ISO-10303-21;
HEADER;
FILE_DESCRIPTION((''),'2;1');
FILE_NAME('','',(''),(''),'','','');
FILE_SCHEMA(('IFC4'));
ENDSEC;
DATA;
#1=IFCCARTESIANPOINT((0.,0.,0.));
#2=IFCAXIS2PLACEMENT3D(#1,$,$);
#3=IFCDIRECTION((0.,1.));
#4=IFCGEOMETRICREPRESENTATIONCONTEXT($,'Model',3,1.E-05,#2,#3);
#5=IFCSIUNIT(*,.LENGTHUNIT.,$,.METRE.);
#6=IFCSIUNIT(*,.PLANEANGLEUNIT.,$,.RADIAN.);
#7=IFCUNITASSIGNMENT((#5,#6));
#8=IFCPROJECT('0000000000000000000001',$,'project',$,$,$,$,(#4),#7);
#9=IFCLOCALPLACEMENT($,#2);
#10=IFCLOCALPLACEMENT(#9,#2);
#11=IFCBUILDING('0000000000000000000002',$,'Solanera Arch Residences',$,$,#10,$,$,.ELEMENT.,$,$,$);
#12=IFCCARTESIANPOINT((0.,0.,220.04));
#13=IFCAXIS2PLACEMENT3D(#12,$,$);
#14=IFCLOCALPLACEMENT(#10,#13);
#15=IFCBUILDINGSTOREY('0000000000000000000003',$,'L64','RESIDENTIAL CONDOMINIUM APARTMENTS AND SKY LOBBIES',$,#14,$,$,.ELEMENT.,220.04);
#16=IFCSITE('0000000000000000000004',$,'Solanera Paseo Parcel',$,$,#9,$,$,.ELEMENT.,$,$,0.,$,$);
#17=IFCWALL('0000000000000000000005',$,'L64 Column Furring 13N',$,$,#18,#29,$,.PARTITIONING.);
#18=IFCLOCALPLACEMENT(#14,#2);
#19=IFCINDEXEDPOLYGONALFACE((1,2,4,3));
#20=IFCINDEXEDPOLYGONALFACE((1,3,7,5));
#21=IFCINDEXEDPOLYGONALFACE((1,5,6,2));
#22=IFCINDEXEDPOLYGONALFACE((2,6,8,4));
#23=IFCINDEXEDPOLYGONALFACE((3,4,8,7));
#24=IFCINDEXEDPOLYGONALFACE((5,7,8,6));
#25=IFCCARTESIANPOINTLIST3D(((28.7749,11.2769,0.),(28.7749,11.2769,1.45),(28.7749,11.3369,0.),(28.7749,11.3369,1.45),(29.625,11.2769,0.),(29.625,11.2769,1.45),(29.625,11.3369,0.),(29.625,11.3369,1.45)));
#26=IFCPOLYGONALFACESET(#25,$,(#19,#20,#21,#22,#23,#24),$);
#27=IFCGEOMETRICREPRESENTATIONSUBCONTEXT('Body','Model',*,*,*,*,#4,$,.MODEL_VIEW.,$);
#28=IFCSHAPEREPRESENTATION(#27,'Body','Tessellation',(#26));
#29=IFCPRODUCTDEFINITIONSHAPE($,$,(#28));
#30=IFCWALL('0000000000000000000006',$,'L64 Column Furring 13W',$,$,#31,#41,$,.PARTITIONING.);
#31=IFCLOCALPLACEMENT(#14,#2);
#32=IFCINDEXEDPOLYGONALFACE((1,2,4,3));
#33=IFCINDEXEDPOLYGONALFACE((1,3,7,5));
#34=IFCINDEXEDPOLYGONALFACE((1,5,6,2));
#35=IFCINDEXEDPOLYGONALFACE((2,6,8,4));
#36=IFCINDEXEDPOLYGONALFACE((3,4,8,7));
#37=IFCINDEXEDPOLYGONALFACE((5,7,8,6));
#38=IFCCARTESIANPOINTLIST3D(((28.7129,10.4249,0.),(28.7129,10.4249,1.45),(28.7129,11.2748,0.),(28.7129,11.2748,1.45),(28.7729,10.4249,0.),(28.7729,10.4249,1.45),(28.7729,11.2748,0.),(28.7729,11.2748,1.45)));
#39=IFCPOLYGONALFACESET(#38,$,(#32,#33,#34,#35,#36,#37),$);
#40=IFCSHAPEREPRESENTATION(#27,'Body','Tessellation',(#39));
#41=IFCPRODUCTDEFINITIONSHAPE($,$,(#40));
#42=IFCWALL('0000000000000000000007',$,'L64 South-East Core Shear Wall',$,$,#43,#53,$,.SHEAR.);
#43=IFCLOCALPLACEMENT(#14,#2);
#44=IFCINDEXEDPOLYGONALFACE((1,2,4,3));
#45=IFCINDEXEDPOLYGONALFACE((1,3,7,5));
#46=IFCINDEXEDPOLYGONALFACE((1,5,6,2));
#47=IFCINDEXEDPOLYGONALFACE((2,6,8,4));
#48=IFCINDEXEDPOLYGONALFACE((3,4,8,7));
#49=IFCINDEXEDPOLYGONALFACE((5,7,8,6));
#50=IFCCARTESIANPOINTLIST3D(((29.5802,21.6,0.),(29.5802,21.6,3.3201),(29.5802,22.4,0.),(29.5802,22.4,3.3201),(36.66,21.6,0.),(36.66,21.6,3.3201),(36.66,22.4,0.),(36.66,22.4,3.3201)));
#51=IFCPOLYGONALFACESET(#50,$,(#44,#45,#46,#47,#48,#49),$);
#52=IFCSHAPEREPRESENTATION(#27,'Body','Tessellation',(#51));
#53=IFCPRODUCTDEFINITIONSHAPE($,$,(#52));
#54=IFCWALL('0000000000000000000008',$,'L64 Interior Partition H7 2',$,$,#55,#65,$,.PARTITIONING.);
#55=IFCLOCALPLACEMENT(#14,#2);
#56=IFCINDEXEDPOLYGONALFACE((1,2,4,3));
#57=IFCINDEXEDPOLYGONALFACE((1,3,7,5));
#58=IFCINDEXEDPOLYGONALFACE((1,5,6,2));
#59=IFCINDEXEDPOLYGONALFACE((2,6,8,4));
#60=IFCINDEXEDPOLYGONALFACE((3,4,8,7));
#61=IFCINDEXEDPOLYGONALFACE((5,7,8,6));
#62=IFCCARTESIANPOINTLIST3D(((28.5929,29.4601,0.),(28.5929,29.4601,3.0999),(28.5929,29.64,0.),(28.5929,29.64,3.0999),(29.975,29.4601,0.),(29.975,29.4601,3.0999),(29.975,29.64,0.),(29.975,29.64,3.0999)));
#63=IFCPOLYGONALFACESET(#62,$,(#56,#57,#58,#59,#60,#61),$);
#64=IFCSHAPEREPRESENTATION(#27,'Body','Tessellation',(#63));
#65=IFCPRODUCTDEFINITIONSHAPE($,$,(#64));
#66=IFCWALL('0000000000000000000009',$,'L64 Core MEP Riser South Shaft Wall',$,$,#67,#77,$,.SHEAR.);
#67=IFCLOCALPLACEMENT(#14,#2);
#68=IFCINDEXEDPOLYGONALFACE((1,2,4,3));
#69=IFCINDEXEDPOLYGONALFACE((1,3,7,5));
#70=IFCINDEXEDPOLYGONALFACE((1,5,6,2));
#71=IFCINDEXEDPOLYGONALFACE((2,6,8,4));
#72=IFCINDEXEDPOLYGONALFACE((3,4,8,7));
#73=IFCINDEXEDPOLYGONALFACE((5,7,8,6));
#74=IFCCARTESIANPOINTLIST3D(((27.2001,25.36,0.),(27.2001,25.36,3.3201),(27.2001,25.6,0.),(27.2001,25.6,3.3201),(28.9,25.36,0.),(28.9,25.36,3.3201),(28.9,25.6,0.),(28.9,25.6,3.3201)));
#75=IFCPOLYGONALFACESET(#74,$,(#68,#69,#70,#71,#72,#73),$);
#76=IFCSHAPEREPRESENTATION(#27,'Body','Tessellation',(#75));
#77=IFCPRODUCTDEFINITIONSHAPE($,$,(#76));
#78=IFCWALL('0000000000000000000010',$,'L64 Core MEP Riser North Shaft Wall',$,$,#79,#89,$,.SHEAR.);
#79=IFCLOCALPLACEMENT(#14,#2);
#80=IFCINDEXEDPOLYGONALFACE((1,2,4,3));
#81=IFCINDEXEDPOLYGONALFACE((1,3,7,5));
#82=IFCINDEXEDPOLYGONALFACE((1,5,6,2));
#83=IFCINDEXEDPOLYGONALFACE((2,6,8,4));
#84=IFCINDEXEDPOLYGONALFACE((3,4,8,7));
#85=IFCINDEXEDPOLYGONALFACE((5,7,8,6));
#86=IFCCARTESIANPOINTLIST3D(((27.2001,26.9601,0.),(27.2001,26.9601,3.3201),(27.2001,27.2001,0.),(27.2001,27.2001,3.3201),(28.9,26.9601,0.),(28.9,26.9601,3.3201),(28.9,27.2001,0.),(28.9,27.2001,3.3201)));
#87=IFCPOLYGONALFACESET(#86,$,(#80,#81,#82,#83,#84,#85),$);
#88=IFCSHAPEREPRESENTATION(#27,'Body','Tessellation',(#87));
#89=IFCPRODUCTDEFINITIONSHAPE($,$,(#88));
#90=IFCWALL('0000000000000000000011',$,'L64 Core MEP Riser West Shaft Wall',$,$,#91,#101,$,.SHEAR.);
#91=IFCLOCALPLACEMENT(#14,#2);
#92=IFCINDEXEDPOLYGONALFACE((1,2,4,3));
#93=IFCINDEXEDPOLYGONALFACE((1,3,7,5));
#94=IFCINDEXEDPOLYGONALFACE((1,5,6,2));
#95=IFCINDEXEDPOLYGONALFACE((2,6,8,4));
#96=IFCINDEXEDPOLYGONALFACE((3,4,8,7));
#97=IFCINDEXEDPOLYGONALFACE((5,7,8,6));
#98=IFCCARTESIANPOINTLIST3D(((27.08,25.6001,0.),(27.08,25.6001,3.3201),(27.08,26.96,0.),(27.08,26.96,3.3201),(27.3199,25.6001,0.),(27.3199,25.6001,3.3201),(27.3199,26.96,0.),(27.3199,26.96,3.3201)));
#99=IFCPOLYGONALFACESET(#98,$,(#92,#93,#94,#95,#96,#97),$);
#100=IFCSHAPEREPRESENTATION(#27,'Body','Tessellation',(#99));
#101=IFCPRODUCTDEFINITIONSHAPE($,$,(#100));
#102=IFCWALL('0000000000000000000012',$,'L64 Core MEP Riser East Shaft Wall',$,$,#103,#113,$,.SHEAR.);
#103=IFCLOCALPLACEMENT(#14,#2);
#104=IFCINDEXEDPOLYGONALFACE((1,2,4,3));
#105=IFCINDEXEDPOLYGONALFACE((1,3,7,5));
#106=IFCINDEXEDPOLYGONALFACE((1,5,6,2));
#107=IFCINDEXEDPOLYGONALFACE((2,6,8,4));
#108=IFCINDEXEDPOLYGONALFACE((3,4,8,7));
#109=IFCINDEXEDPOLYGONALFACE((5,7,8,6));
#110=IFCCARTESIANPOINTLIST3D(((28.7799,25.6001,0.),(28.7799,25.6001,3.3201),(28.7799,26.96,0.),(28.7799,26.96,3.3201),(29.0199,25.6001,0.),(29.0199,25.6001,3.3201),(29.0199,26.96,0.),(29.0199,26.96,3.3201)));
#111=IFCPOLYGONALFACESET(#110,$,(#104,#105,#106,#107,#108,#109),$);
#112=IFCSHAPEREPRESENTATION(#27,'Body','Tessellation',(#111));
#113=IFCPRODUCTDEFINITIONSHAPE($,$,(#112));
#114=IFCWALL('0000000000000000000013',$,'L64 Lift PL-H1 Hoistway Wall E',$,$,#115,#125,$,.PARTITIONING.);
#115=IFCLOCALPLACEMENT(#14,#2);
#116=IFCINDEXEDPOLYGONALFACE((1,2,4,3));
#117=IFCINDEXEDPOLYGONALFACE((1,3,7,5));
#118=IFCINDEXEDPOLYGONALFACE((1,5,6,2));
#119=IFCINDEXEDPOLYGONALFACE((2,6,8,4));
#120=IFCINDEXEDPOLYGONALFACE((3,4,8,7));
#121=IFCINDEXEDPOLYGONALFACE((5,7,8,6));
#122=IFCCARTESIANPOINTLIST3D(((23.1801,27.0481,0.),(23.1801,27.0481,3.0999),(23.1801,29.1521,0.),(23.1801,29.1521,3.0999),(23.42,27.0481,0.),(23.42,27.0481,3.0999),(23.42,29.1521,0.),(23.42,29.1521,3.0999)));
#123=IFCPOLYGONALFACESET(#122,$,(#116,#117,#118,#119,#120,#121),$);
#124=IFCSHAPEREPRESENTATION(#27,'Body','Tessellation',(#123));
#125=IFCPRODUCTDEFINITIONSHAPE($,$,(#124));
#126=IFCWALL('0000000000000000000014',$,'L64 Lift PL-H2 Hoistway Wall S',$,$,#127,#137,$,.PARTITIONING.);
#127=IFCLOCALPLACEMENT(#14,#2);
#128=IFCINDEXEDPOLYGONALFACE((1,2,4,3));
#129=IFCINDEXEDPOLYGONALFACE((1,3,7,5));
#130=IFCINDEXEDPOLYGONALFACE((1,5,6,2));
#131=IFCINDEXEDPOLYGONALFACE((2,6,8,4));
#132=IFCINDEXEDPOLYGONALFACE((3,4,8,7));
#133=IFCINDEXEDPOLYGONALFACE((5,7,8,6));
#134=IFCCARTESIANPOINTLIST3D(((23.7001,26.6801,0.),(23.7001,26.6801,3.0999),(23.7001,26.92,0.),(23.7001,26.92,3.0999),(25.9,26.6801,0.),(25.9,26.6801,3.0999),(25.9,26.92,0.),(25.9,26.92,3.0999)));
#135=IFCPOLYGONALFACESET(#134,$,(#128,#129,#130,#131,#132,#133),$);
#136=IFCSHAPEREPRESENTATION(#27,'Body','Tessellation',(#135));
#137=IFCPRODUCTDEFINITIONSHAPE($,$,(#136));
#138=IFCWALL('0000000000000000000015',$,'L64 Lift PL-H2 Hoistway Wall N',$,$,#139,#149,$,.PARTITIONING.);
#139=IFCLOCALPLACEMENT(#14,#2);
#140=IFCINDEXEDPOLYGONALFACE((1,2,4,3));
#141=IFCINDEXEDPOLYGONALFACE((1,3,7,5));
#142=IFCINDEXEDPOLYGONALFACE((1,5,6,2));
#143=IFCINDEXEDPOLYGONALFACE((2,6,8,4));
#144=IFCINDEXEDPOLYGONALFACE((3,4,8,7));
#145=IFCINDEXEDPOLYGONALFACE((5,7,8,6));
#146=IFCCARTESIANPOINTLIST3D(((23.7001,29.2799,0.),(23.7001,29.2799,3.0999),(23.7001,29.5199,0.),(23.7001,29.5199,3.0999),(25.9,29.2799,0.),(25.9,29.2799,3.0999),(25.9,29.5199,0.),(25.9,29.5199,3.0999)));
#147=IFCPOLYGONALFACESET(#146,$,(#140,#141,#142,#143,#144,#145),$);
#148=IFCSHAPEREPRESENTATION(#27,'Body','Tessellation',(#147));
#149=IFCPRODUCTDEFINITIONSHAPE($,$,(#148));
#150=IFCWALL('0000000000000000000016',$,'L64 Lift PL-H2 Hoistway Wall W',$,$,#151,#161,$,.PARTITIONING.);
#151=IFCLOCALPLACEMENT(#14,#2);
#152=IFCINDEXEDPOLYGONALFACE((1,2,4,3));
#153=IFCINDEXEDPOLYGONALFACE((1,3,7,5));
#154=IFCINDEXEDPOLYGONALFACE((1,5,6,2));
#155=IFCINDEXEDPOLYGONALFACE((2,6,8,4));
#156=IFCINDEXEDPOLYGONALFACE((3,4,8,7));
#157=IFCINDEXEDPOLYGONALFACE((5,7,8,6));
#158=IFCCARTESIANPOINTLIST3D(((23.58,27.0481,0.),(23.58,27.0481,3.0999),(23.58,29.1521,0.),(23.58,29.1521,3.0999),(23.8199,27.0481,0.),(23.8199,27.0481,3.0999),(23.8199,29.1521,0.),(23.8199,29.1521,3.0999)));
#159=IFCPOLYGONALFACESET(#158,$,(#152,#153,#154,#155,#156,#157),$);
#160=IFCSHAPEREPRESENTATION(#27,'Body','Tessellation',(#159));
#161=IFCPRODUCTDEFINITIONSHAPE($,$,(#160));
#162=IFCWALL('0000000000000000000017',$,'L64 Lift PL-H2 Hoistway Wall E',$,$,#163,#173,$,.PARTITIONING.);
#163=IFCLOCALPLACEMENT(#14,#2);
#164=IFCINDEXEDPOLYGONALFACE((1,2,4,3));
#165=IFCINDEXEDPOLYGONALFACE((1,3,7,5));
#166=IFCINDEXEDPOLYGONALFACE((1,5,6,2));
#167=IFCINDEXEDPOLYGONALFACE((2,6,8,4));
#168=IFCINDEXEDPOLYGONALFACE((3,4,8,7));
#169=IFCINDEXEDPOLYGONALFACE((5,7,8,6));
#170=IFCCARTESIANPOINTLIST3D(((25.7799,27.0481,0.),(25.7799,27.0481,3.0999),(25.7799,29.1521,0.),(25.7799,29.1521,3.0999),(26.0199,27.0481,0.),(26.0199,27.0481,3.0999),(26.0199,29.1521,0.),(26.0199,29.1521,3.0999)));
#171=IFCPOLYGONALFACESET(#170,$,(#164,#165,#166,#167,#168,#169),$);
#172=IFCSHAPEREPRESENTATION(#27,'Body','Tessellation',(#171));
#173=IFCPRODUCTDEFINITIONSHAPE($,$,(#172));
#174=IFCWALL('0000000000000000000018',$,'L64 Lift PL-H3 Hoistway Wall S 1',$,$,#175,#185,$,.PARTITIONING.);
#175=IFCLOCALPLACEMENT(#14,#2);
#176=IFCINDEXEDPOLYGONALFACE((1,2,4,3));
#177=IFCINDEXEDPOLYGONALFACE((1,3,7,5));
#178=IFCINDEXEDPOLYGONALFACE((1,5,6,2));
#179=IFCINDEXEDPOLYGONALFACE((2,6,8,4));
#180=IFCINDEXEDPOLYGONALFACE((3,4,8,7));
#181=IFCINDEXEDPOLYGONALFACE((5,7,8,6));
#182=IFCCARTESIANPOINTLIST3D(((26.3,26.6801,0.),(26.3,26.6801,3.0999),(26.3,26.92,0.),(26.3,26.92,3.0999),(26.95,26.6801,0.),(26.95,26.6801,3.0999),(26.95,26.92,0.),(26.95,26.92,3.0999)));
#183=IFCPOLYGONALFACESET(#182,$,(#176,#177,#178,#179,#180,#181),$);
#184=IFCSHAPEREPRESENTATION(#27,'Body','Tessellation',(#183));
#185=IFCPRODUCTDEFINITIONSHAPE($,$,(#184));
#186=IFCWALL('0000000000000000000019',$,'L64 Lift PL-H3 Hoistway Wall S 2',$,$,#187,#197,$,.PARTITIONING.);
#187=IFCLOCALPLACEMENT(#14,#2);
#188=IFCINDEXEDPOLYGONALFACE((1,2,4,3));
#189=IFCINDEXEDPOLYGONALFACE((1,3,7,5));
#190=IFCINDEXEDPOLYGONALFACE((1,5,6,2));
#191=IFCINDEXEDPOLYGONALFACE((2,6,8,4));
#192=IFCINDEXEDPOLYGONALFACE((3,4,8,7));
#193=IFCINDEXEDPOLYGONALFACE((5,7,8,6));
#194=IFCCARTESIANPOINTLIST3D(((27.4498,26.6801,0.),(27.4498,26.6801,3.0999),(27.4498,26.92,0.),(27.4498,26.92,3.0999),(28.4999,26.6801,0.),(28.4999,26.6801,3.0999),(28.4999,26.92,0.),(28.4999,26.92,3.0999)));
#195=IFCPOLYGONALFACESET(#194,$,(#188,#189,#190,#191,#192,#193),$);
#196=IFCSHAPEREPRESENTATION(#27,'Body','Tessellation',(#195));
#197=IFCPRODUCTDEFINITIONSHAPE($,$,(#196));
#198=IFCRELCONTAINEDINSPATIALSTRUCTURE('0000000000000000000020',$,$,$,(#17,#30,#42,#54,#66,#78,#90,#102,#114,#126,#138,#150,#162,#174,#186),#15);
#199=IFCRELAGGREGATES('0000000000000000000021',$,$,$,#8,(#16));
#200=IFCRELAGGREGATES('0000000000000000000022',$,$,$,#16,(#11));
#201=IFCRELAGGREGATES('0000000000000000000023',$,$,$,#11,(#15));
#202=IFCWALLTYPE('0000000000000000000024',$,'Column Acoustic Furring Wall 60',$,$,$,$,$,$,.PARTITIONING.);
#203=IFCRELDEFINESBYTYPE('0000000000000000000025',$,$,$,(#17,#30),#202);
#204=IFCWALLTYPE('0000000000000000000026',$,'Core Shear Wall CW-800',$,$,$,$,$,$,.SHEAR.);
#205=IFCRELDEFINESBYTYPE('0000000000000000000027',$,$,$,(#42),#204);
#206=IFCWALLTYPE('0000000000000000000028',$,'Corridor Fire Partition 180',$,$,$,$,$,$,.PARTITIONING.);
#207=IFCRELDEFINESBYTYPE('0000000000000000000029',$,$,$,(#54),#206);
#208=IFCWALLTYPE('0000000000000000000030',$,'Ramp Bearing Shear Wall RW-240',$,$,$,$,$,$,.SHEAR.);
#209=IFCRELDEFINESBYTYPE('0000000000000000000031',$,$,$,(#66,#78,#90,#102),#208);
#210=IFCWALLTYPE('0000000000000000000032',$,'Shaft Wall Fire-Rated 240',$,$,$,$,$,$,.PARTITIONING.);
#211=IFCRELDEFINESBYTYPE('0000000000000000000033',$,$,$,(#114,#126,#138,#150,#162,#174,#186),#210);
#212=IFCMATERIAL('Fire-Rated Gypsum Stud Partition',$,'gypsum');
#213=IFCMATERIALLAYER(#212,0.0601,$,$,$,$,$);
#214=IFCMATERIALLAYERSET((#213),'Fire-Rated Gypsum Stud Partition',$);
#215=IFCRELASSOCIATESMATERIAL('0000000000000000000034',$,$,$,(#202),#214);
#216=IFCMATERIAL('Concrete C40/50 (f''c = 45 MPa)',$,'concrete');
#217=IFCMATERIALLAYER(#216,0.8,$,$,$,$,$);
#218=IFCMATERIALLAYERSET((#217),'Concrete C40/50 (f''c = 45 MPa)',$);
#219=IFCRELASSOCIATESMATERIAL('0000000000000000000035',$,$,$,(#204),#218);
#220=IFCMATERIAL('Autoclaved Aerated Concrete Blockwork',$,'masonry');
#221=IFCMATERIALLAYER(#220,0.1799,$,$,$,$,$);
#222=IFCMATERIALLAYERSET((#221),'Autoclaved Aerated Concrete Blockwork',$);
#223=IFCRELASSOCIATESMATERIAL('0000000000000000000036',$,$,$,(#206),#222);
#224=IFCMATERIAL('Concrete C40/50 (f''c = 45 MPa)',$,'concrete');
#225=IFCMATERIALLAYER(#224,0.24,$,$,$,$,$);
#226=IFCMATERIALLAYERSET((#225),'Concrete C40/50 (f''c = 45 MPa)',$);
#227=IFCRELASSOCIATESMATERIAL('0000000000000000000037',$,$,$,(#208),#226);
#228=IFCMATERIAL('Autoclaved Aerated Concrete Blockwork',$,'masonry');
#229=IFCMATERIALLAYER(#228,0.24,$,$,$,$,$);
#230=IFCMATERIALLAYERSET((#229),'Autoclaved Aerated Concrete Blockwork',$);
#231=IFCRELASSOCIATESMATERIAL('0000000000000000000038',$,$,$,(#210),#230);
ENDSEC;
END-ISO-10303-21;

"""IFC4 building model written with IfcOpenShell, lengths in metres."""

from ifc_helpers import new_model, si_unit, direction, frame, frame_2d, origin, place, context, subcontext, project, spatial, rectangle, extrude, material, layer, layer_set, type_object, element, save


model = new_model("IFC4")

# Units and contexts
model_context = context("Model", 3, precision=1e-05, world=origin(), true_north=direction((0.0, 1.0)))
body_context = subcontext(model_context, "Body", "Model", "MODEL_VIEW")
ifc_project = project(units=[si_unit("LENGTHUNIT", "METRE"), si_unit("PLANEANGLEUNIT", "RADIAN")], contexts=[model_context])

# Site, building, storey
site_placement = place(None, origin())
site = spatial("IfcSite", under=ifc_project, at=site_placement, Name="Solanera Paseo Parcel", CompositionType="ELEMENT", RefElevation=0.0)
building_placement = place(site_placement, origin())
building = spatial("IfcBuilding", under=site, at=building_placement, Name="Solanera Arch Residences", CompositionType="ELEMENT")
storey_placement = place(building_placement, frame((0.0, 0.0, 220.04)))
storey = spatial("IfcBuildingStorey", under=building, at=storey_placement, Name="L64", Description="RESIDENTIAL CONDOMINIUM APARTMENTS AND SKY LOBBIES", CompositionType="ELEMENT", Elevation=220.04)

# Walls
ifc_material_1 = material(Name="Fire-Rated Gypsum Stud Partition", Category="gypsum")
ifc_layer_1 = layer(ifc_material_1, 0.0601)
ifc_layer_set_1 = layer_set([ifc_layer_1], Name="Fire-Rated Gypsum Stud Partition")
wall_type_1 = type_object("IfcWallType", Name="Column Acoustic Furring Wall 60", PredefinedType="PARTITIONING", material=ifc_layer_set_1)
for number, where, z_axis, x_axis, name in (
    (1, (28.7749, 11.3069, 0.0), (0.0, 0.0, 1.0), (1.0, 0.0, 0.0), "L64 Column Furring 13N"),
):
    element("IfcWall", number, at=place(storey_placement, frame(where, z_axis=z_axis, x_axis=x_axis)), inside=storey, type_object=wall_type_1, Name=name, PredefinedType="PARTITIONING", context=body_context, shape_type="SweptSolid", body=[
        extrude(rectangle(XDim=0.8501, YDim=0.0601, at=frame_2d((0.425, 0.0))), origin(), (0.0, 0.0, 1.0), 1.45),
    ])
wall_1_placement = place(storey_placement, frame((28.7429, 10.425, 0.0), z_axis=(0.0, 0.0, 1.0), x_axis=(0.0, 1.0, 0.0)))
element("IfcWall", 2, at=wall_1_placement, inside=storey, type_object=wall_type_1, Name="L64 Column Furring 13W", PredefinedType="PARTITIONING", context=body_context, shape_type="SweptSolid", body=[
    extrude(rectangle(XDim=0.8499, YDim=0.0601, at=frame_2d((0.4248, 0.0))), origin(), (0.0, 0.0, 1.0), 1.45),
])
ifc_material_2 = material(Name="Concrete C40/50 (f'c = 45 MPa)", Category="concrete")
ifc_layer_2 = layer(ifc_material_2, 0.8)
ifc_layer_set_2 = layer_set([ifc_layer_2], Name="Concrete C40/50 (f'c = 45 MPa)")
wall_type_2 = type_object("IfcWallType", Name="Core Shear Wall CW-800", PredefinedType="SHEAR", material=ifc_layer_set_2)
wall_2_placement = place(storey_placement, frame((29.5801, 22.0, 0.0), z_axis=(0.0, 0.0, 1.0), x_axis=(1.0, 0.0, 0.0)))
element("IfcWall", 3, at=wall_2_placement, inside=storey, type_object=wall_type_2, Name="L64 South-East Core Shear Wall", PredefinedType="SHEAR", context=body_context, shape_type="SweptSolid", body=[
    extrude(rectangle(XDim=7.0798, YDim=0.8, at=frame_2d((3.54, 0.0))), origin(), (0.0, 0.0, 1.0), 3.3201),
])
ifc_material_3 = material(Name="Autoclaved Aerated Concrete Blockwork", Category="masonry")
ifc_layer_3 = layer(ifc_material_3, 0.1799)
ifc_layer_set_3 = layer_set([ifc_layer_3], Name="Autoclaved Aerated Concrete Blockwork")
wall_type_3 = type_object("IfcWallType", Name="Corridor Fire Partition 180", PredefinedType="PARTITIONING", material=ifc_layer_set_3)
wall_3_placement = place(storey_placement, frame((28.593, 29.55, 0.0), z_axis=(0.0, 0.0, 1.0), x_axis=(1.0, 0.0, 0.0)))
element("IfcWall", 4, at=wall_3_placement, inside=storey, type_object=wall_type_3, Name="L64 Interior Partition H7 2", PredefinedType="PARTITIONING", context=body_context, shape_type="SweptSolid", body=[
    extrude(rectangle(XDim=1.3821, YDim=0.1799, at=frame_2d((0.6909, 0.0))), origin(), (0.0, 0.0, 1.0), 3.0999),
])
ifc_material_4 = material(Name="Concrete C40/50 (f'c = 45 MPa)", Category="concrete")
ifc_layer_4 = layer(ifc_material_4, 0.24)
ifc_layer_set_4 = layer_set([ifc_layer_4], Name="Concrete C40/50 (f'c = 45 MPa)")
wall_type_4 = type_object("IfcWallType", Name="Ramp Bearing Shear Wall RW-240", PredefinedType="SHEAR", material=ifc_layer_set_4)
for number, where, z_axis, x_axis, name in (
    (5, (27.2, 25.48, 0.0), (0.0, 0.0, 1.0), (1.0, 0.0, 0.0), "L64 Core MEP Riser South Shaft Wall"),
    (6, (27.2, 27.0801, 0.0), (0.0, 0.0, 1.0), (1.0, 0.0, 0.0), "L64 Core MEP Riser North Shaft Wall"),
):
    element("IfcWall", number, at=place(storey_placement, frame(where, z_axis=z_axis, x_axis=x_axis)), inside=storey, type_object=wall_type_4, Name=name, PredefinedType="SHEAR", context=body_context, shape_type="SweptSolid", body=[
        extrude(rectangle(XDim=1.7, YDim=0.24, at=frame_2d((0.8501, 0.0))), origin(), (0.0, 0.0, 1.0), 3.3201),
    ])
for number, where, z_axis, x_axis, name in (
    (7, (27.2, 25.6001, 0.0), (0.0, 0.0, 1.0), (0.0, 1.0, 0.0), "L64 Core MEP Riser West Shaft Wall"),
    (8, (28.8999, 25.6001, 0.0), (0.0, 0.0, 1.0), (0.0, 1.0, 0.0), "L64 Core MEP Riser East Shaft Wall"),
):
    element("IfcWall", number, at=place(storey_placement, frame(where, z_axis=z_axis, x_axis=x_axis)), inside=storey, type_object=wall_type_4, Name=name, PredefinedType="SHEAR", context=body_context, shape_type="SweptSolid", body=[
        extrude(rectangle(XDim=1.3599, YDim=0.24, at=frame_2d((0.6799, 0.0))), origin(), (0.0, 0.0, 1.0), 3.3201),
    ])
ifc_material_5 = material(Name="Autoclaved Aerated Concrete Blockwork", Category="masonry")
ifc_layer_5 = layer(ifc_material_5, 0.24)
ifc_layer_set_5 = layer_set([ifc_layer_5], Name="Autoclaved Aerated Concrete Blockwork")
wall_type_5 = type_object("IfcWallType", Name="Shaft Wall Fire-Rated 240", PredefinedType="PARTITIONING", material=ifc_layer_set_5)
wall_4_placement = place(storey_placement, frame((23.3, 27.0481, 0.0), z_axis=(0.0, 0.0, 1.0), x_axis=(0.0, 1.0, 0.0)))
element("IfcWall", 9, at=wall_4_placement, inside=storey, type_object=wall_type_5, Name="L64 Lift PL-H1 Hoistway Wall E", PredefinedType="PARTITIONING", context=body_context, shape_type="SweptSolid", body=[
    extrude(rectangle(XDim=2.104, YDim=0.24, at=frame_2d((1.052, 0.0))), origin(), (0.0, 0.0, 1.0), 3.0999),
])
for number, where, z_axis, x_axis, name in (
    (10, (23.7, 26.8, 0.0), (0.0, 0.0, 1.0), (1.0, 0.0, 0.0), "L64 Lift PL-H2 Hoistway Wall S"),
    (11, (23.7, 29.3999, 0.0), (0.0, 0.0, 1.0), (1.0, 0.0, 0.0), "L64 Lift PL-H2 Hoistway Wall N"),
):
    element("IfcWall", number, at=place(storey_placement, frame(where, z_axis=z_axis, x_axis=x_axis)), inside=storey, type_object=wall_type_5, Name=name, PredefinedType="PARTITIONING", context=body_context, shape_type="SweptSolid", body=[
        extrude(rectangle(XDim=2.2, YDim=0.24, at=frame_2d((1.1001, 0.0))), origin(), (0.0, 0.0, 1.0), 3.0999),
    ])
for number, where, z_axis, x_axis, name in (
    (12, (23.7, 27.0481, 0.0), (0.0, 0.0, 1.0), (0.0, 1.0, 0.0), "L64 Lift PL-H2 Hoistway Wall W"),
    (13, (25.8999, 27.0481, 0.0), (0.0, 0.0, 1.0), (0.0, 1.0, 0.0), "L64 Lift PL-H2 Hoistway Wall E"),
):
    element("IfcWall", number, at=place(storey_placement, frame(where, z_axis=z_axis, x_axis=x_axis)), inside=storey, type_object=wall_type_5, Name=name, PredefinedType="PARTITIONING", context=body_context, shape_type="SweptSolid", body=[
        extrude(rectangle(XDim=2.104, YDim=0.24, at=frame_2d((1.052, 0.0))), origin(), (0.0, 0.0, 1.0), 3.0999),
    ])
wall_5_placement = place(storey_placement, frame((26.3, 26.8, 0.0), z_axis=(0.0, 0.0, 1.0), x_axis=(1.0, 0.0, 0.0)))
element("IfcWall", 14, at=wall_5_placement, inside=storey, type_object=wall_type_5, Name="L64 Lift PL-H3 Hoistway Wall S 1", PredefinedType="PARTITIONING", context=body_context, shape_type="SweptSolid", body=[
    extrude(rectangle(XDim=0.6499, YDim=0.24, at=frame_2d((0.325, 0.0))), origin(), (0.0, 0.0, 1.0), 3.0999),
])
wall_6_placement = place(storey_placement, frame((27.45, 26.8, 0.0), z_axis=(0.0, 0.0, 1.0), x_axis=(1.0, 0.0, 0.0)))
element("IfcWall", 15, at=wall_6_placement, inside=storey, type_object=wall_type_5, Name="L64 Lift PL-H3 Hoistway Wall S 2", PredefinedType="PARTITIONING", context=body_context, shape_type="SweptSolid", body=[
    extrude(rectangle(XDim=1.05, YDim=0.24, at=frame_2d((0.5249, 0.0))), origin(), (0.0, 0.0, 1.0), 3.0999),
])

save(model, "model.ifc")
